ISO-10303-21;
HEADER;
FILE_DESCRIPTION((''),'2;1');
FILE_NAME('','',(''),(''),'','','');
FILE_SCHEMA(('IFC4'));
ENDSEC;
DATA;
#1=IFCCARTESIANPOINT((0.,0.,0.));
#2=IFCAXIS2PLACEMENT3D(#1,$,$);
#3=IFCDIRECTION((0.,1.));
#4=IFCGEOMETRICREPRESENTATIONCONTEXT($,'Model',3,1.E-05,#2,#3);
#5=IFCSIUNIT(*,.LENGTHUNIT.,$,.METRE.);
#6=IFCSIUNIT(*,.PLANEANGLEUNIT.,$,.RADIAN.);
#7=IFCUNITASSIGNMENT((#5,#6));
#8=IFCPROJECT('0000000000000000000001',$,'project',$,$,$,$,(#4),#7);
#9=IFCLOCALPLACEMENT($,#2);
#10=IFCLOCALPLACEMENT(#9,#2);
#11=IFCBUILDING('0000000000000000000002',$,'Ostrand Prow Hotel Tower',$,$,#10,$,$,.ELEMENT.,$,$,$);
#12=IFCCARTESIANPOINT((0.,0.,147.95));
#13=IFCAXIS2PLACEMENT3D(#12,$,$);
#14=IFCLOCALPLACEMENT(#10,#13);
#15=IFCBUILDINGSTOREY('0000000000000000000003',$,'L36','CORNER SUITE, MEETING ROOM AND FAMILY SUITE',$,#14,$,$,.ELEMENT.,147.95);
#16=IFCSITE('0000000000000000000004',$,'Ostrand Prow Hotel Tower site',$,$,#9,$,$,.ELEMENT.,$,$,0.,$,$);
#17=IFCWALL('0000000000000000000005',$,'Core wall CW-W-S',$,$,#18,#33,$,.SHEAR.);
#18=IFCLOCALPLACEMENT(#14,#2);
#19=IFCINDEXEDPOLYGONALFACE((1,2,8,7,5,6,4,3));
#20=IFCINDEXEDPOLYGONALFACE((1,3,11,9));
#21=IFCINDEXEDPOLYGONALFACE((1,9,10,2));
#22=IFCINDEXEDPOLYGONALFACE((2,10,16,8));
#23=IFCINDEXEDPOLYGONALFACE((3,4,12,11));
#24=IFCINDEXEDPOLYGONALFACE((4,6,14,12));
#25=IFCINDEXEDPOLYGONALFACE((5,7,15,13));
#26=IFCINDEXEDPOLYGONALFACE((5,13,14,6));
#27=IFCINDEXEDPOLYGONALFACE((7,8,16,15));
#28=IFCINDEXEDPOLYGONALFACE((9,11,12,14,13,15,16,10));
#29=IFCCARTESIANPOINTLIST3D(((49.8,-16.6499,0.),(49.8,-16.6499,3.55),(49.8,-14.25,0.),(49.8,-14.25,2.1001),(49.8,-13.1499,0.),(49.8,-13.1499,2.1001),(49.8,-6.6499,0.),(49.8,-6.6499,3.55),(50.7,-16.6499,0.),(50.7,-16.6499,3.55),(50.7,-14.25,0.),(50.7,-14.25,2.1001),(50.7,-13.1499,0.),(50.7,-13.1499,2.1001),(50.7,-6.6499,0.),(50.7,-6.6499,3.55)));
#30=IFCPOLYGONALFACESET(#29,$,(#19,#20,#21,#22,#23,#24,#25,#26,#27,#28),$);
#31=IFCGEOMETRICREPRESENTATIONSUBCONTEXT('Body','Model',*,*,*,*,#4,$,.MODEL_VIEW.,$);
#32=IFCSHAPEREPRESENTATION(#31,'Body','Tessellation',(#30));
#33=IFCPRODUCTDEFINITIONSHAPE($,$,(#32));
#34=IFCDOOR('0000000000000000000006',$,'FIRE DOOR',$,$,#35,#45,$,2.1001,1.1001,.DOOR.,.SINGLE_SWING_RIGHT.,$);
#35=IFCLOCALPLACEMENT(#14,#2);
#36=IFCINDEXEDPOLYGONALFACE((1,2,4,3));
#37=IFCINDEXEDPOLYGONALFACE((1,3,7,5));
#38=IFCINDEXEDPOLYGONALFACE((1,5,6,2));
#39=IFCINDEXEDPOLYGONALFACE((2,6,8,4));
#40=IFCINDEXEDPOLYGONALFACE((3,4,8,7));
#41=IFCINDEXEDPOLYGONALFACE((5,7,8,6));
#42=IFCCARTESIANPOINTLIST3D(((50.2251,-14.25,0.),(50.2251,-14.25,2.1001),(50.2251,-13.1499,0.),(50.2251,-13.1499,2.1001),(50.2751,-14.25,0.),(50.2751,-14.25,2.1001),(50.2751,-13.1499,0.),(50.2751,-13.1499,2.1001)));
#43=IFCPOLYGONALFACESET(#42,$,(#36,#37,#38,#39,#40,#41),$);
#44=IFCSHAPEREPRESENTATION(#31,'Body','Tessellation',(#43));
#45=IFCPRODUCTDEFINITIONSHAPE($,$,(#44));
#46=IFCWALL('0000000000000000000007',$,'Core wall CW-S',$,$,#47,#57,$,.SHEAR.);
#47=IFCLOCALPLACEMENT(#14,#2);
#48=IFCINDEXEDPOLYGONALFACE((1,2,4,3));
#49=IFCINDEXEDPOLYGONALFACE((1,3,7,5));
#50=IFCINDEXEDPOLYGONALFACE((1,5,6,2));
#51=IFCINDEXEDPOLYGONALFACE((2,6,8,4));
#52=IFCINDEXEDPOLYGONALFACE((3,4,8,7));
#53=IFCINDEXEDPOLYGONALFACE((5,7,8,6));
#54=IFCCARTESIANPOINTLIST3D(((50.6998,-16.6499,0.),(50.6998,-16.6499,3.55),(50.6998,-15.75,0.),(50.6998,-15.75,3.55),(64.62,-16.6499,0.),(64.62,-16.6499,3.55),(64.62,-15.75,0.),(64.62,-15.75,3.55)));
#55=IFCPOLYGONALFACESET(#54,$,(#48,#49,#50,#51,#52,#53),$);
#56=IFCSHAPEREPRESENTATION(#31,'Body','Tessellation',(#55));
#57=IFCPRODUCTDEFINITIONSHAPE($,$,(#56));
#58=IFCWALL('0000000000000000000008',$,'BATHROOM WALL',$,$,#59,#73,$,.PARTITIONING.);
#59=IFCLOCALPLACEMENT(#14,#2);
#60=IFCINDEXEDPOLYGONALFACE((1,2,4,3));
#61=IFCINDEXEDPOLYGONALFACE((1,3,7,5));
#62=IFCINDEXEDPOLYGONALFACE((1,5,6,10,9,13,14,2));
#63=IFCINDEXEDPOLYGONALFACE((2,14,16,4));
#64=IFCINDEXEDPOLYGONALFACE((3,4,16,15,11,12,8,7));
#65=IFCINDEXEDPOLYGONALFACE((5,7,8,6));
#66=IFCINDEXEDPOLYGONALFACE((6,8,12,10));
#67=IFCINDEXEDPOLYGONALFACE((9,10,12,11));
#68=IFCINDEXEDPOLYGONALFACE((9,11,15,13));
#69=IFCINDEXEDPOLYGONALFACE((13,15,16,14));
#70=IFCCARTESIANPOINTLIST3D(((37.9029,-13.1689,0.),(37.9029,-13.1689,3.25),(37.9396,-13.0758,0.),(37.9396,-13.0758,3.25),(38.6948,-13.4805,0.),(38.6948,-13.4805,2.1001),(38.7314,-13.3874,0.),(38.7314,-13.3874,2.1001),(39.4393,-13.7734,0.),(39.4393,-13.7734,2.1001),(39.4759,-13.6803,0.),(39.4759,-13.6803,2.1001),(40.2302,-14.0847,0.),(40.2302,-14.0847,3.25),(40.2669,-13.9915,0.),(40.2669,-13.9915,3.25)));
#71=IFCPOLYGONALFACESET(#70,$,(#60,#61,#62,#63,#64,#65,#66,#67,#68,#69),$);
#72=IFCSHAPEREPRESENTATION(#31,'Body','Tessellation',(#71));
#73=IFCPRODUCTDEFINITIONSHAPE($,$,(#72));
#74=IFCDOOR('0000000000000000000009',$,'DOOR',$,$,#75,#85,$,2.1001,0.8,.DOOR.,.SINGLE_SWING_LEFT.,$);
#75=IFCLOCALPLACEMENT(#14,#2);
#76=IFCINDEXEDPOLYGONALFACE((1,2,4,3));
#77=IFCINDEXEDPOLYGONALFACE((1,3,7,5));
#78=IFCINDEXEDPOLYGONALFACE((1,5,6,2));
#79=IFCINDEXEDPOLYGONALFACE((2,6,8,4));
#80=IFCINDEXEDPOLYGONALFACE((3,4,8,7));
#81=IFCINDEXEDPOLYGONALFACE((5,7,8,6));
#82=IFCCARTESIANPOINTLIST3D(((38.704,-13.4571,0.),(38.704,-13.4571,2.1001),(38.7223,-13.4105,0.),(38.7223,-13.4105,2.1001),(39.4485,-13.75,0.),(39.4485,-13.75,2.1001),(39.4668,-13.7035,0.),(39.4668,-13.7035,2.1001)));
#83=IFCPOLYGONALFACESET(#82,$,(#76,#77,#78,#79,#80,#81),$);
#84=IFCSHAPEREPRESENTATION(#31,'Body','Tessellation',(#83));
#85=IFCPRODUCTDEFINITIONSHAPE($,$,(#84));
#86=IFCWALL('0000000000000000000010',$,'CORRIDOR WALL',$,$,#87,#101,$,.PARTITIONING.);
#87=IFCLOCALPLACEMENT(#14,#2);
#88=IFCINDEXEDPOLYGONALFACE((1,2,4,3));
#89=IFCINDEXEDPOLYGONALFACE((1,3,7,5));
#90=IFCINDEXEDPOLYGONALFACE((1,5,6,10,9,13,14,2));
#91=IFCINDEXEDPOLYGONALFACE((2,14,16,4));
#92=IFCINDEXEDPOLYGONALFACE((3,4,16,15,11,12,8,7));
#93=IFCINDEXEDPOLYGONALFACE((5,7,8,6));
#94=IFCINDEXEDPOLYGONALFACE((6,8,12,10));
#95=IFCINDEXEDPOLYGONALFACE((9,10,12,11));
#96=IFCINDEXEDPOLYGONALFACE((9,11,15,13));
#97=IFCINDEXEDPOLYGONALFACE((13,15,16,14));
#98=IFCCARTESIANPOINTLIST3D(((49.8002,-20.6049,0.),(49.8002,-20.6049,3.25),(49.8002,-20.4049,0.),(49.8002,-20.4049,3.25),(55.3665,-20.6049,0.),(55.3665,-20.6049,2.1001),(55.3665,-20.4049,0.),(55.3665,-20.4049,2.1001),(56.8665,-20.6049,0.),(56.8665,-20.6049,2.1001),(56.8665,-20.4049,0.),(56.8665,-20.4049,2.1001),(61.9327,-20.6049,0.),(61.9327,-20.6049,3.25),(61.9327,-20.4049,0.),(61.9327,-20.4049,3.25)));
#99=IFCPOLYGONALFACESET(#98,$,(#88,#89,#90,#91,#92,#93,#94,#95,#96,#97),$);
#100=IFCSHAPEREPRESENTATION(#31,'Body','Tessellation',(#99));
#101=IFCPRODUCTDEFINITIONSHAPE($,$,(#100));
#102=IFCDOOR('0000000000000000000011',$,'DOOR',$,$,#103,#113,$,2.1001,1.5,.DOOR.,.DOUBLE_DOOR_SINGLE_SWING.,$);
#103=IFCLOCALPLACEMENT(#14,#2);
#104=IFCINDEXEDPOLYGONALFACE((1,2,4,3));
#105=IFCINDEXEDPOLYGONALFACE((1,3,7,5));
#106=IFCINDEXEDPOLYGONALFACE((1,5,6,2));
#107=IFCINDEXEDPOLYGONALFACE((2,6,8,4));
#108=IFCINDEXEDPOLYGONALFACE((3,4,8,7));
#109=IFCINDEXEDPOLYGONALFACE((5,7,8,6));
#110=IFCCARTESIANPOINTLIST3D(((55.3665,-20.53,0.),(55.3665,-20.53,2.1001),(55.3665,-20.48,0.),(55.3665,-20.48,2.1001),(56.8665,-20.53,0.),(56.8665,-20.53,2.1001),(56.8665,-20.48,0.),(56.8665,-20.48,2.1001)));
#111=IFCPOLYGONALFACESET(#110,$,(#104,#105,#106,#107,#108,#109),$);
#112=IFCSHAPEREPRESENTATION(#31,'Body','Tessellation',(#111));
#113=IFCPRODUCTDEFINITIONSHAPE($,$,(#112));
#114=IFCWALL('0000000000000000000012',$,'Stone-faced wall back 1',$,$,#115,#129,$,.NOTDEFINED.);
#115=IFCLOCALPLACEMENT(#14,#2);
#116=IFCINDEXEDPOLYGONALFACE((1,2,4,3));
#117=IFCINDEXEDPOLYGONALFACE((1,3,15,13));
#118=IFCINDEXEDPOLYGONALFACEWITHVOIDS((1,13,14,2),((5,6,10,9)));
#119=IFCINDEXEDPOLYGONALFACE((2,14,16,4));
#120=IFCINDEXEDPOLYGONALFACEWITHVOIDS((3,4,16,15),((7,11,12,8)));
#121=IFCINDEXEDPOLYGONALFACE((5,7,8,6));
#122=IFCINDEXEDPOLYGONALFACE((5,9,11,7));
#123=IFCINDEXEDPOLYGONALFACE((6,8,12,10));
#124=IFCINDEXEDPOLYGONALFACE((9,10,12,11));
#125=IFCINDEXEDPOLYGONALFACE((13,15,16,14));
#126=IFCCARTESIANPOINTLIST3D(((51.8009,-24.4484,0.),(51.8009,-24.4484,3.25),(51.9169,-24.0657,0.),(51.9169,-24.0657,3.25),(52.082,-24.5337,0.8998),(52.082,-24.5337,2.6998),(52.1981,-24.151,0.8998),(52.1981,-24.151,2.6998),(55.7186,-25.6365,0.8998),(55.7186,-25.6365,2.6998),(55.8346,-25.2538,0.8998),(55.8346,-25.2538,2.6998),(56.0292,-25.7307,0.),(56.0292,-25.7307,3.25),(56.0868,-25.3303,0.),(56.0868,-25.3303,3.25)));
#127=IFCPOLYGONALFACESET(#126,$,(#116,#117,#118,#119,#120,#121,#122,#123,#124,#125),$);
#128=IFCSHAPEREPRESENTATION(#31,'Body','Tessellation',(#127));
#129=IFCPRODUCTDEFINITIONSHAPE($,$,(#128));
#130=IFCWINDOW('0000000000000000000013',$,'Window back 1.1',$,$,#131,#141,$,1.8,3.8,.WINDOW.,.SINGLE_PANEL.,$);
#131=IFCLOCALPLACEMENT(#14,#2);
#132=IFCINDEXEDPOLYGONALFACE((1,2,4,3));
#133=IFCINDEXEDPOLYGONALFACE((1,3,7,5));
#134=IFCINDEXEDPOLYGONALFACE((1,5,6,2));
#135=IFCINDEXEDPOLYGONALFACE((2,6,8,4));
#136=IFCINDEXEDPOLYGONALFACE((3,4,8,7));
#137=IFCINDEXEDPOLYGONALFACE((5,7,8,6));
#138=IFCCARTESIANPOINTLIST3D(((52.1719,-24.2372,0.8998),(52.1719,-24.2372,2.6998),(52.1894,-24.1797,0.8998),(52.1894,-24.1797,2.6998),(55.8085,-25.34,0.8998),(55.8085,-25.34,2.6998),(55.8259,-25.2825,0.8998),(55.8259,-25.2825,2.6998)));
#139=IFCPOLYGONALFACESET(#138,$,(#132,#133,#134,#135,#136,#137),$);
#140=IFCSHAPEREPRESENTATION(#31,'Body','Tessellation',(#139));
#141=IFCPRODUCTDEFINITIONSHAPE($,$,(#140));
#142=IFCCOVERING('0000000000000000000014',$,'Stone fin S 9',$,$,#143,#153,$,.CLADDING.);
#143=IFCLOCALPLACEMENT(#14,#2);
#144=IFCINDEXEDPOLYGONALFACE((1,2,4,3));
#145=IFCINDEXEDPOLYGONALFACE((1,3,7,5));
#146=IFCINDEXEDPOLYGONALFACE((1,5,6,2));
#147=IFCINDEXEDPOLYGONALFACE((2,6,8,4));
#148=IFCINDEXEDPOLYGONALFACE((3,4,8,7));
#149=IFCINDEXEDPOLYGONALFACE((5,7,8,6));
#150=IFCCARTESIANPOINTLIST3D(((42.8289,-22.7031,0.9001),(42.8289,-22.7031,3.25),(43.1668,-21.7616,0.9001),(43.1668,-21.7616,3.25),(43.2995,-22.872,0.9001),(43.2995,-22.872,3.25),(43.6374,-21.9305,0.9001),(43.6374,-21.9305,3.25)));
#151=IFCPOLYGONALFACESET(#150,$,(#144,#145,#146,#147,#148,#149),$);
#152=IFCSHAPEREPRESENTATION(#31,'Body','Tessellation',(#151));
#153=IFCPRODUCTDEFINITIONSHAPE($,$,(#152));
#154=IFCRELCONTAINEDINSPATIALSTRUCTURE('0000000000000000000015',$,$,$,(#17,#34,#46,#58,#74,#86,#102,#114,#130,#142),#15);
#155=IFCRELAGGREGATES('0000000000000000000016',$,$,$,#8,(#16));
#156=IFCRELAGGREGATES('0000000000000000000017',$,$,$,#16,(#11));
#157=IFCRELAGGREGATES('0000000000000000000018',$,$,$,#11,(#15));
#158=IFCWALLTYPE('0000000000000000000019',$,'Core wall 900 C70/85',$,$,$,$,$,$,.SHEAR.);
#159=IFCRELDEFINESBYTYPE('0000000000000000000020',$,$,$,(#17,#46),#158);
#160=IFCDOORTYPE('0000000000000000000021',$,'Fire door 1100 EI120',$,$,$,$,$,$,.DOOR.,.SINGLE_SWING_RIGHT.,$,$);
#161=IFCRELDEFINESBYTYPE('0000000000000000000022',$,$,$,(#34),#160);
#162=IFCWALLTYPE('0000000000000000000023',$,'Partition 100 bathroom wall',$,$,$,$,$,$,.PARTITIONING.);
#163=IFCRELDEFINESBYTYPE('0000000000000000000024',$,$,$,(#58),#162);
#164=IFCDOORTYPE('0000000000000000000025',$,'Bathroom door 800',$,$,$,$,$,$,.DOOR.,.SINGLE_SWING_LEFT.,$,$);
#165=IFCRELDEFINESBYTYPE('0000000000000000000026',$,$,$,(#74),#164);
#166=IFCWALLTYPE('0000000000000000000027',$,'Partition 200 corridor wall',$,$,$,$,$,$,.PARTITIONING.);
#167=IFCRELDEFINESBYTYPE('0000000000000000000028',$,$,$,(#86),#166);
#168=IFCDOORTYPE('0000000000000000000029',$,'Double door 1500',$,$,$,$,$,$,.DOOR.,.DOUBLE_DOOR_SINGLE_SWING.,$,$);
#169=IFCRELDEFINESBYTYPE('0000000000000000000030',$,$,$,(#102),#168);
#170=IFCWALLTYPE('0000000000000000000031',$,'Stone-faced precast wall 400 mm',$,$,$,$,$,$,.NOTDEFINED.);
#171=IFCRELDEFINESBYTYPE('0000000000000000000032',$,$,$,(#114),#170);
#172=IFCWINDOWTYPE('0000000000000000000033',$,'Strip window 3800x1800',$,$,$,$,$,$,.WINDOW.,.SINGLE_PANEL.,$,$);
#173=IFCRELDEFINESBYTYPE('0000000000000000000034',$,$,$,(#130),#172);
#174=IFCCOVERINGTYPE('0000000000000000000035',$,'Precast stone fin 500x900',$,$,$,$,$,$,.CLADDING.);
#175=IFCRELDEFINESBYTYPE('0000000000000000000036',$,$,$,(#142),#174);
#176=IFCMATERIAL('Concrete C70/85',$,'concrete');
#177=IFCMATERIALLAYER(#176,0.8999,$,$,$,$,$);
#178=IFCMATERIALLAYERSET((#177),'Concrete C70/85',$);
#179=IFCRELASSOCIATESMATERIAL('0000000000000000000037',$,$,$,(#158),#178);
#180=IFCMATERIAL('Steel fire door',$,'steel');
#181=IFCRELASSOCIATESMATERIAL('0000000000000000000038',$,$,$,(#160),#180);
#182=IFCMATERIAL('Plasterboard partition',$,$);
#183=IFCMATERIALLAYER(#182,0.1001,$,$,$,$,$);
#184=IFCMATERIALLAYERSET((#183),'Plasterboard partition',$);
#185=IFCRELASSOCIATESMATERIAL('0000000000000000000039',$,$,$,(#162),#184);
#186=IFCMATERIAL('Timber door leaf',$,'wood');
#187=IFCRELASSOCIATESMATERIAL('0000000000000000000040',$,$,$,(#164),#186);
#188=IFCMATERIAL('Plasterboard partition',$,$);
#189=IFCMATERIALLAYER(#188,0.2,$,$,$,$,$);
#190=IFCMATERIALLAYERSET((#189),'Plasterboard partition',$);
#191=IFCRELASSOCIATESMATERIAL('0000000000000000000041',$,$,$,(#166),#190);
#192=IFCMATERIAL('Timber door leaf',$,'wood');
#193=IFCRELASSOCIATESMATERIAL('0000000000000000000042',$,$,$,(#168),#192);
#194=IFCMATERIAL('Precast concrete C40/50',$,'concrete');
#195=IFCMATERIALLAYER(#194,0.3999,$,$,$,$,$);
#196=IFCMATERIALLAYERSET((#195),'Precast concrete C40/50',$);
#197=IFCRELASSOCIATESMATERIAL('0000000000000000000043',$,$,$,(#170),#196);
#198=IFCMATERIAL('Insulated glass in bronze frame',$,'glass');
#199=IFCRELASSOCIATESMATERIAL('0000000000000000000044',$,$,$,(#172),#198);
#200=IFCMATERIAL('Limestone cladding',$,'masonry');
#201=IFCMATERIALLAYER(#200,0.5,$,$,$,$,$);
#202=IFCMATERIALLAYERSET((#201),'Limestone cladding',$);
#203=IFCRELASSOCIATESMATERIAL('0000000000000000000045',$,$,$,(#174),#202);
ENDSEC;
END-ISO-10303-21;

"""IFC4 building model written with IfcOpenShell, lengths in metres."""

from ifc_helpers import new_model, si_unit, direction, frame, frame_2d, origin, place, context, subcontext, project, spatial, polyline, rectangle, outline, extrude, material, layer, layer_set, type_object, element, fill, save


model = new_model("IFC4")

# Units and contexts
model_context = context("Model", 3, precision=1e-05, world=origin(), true_north=direction((0.0, 1.0)))
body_context = subcontext(model_context, "Body", "Model", "MODEL_VIEW")
ifc_project = project(units=[si_unit("LENGTHUNIT", "METRE"), si_unit("PLANEANGLEUNIT", "RADIAN")], contexts=[model_context])

# Site, building, storey
site_placement = place(None, origin())
site = spatial("IfcSite", under=ifc_project, at=site_placement, Name="Ostrand Prow Hotel Tower site", CompositionType="ELEMENT", RefElevation=0.0)
building_placement = place(site_placement, origin())
building = spatial("IfcBuilding", under=site, at=building_placement, Name="Ostrand Prow Hotel Tower", CompositionType="ELEMENT")
storey_placement = place(building_placement, frame((0.0, 0.0, 147.95)))
storey = spatial("IfcBuildingStorey", under=building, at=storey_placement, Name="L36", Description="CORNER SUITE, MEETING ROOM AND FAMILY SUITE", CompositionType="ELEMENT", Elevation=147.95)

# Wall, opening, door
ifc_material_1 = material(Name="Concrete C70/85", Category="concrete")
ifc_layer_1 = layer(ifc_material_1, 0.8999)
ifc_layer_set_1 = layer_set([ifc_layer_1], Name="Concrete C70/85")
wall_type_1 = type_object("IfcWallType", Name="Core wall 900 C70/85", PredefinedType="SHEAR", material=ifc_layer_set_1)
wall_1_placement = place(storey_placement, frame((50.25, -16.6499, 0.0), z_axis=(0.0, 0.0, 1.0), x_axis=(0.0, 1.0, 0.0)))
wall_1 = element("IfcWall", 1, at=wall_1_placement, inside=storey, type_object=wall_type_1, Name="Core wall CW-W-S", PredefinedType="SHEAR", context=body_context, shape_type="SweptSolid", body=[
    extrude(rectangle(XDim=10.0, YDim=0.8999, at=frame_2d((5.0, 0.0))), origin(), (0.0, 0.0, 1.0), 3.55),
])
opening_1_placement = place(wall_1_placement, frame((2.3999, 0.0, 0.0)))
opening_1 = element("IfcOpeningElement", 2, at=opening_1_placement, cuts=wall_1, PredefinedType="OPENING", context=body_context, shape_type="SweptSolid", body=[
    extrude(rectangle(XDim=1.1001, YDim=2.1001, at=frame_2d((0.55, 1.05))), frame((0.0, 0.46, 0.0), z_axis=(0.0, -1.0, 0.0), x_axis=(1.0, 0.0, 0.0)), (0.0, 0.0, 1.0), 0.9199),
])
ifc_material_2 = material(Name="Steel fire door", Category="steel")
door_type_1 = type_object("IfcDoorType", Name="Fire door 1100 EI120", OperationType="SINGLE_SWING_RIGHT", PredefinedType="DOOR", material=ifc_material_2)
door_1_placement = place(opening_1_placement, origin())
door_1 = element("IfcDoor", 3, at=door_1_placement, inside=storey, type_object=door_type_1, Name="FIRE DOOR", OperationType="SINGLE_SWING_RIGHT", OverallHeight=2.1001, OverallWidth=1.1001, PredefinedType="DOOR", context=body_context, shape_type="SweptSolid", body=[
    extrude(rectangle(XDim=1.1001, YDim=2.1001, at=frame_2d((0.55, 1.05))), frame((0.0, 0.0249, 0.0), z_axis=(0.0, -1.0, 0.0), x_axis=(1.0, 0.0, 0.0)), (0.0, 0.0, 1.0), 0.05),
])
fill(opening_1, door_1)

# Wall
wall_2_placement = place(storey_placement, frame((50.7, -16.2, 0.0), z_axis=(0.0, 0.0, 1.0), x_axis=(1.0, 0.0, 0.0)))
element("IfcWall", 4, at=wall_2_placement, inside=storey, type_object=wall_type_1, Name="Core wall CW-S", PredefinedType="SHEAR", context=body_context, shape_type="SweptSolid", body=[
    extrude(rectangle(XDim=13.9202, YDim=0.8999, at=frame_2d((6.96, 0.0))), origin(), (0.0, 0.0, 1.0), 3.55),
])

# Walls, openings, doors
ifc_material_3 = material(Name="Plasterboard partition")
ifc_layer_2 = layer(ifc_material_3, 0.1001)
ifc_layer_set_2 = layer_set([ifc_layer_2], Name="Plasterboard partition")
wall_type_2 = type_object("IfcWallType", Name="Partition 100 bathroom wall", PredefinedType="PARTITIONING", material=ifc_layer_set_2)
wall_3_placement = place(storey_placement, frame((40.2485, -14.0381, 0.0), z_axis=(0.0, 0.0, 1.0), x_axis=(-0.930556, 0.366151, 0.0)))
wall_3 = element("IfcWall", 5, at=wall_3_placement, inside=storey, type_object=wall_type_2, Name="BATHROOM WALL", PredefinedType="PARTITIONING", context=body_context, shape_type="SweptSolid", body=[
    extrude(rectangle(XDim=2.501, YDim=0.1001, at=frame_2d((1.2505, 0.0))), origin(), (0.0, 0.0, 1.0), 3.25),
])
opening_2_placement = place(wall_3_placement, frame((0.8501, 0.0, 0.0)))
opening_2 = element("IfcOpeningElement", 6, at=opening_2_placement, cuts=wall_3, PredefinedType="OPENING", context=body_context, shape_type="SweptSolid", body=[
    extrude(rectangle(XDim=0.8, YDim=2.1001, at=frame_2d((0.3999, 1.05))), frame((0.0, 0.0601, 0.0), z_axis=(0.0, -1.0, 0.0), x_axis=(1.0, 0.0, 0.0)), (0.0, 0.0, 1.0), 0.1201),
])
ifc_material_4 = material(Name="Timber door leaf", Category="wood")
door_type_2 = type_object("IfcDoorType", Name="Bathroom door 800", OperationType="SINGLE_SWING_LEFT", PredefinedType="DOOR", material=ifc_material_4)
door_2_placement = place(opening_2_placement, origin())
door_2 = element("IfcDoor", 7, at=door_2_placement, inside=storey, type_object=door_type_2, Name="DOOR", OperationType="SINGLE_SWING_LEFT", OverallHeight=2.1001, OverallWidth=0.8, PredefinedType="DOOR", context=body_context, shape_type="SweptSolid", body=[
    extrude(rectangle(XDim=0.8, YDim=2.1001, at=frame_2d((0.3999, 1.05))), frame((0.0, 0.0249, 0.0), z_axis=(0.0, -1.0, 0.0), x_axis=(1.0, 0.0, 0.0)), (0.0, 0.0, 1.0), 0.05),
])
fill(opening_2, door_2)
ifc_material_5 = material(Name="Plasterboard partition")
ifc_layer_3 = layer(ifc_material_5, 0.2)
ifc_layer_set_3 = layer_set([ifc_layer_3], Name="Plasterboard partition")
wall_type_3 = type_object("IfcWallType", Name="Partition 200 corridor wall", PredefinedType="PARTITIONING", material=ifc_layer_set_3)
wall_4_placement = place(storey_placement, frame((49.8, -20.5049, 0.0), z_axis=(0.0, 0.0, 1.0), x_axis=(1.0, 0.0, 0.0)))
wall_4 = element("IfcWall", 8, at=wall_4_placement, inside=storey, type_object=wall_type_3, Name="CORRIDOR WALL", PredefinedType="PARTITIONING", context=body_context, shape_type="SweptSolid", body=[
    extrude(rectangle(XDim=12.1326, YDim=0.2, at=frame_2d((6.0664, 0.0))), origin(), (0.0, 0.0, 1.0), 3.25),
])
opening_3_placement = place(wall_4_placement, frame((5.5664, 0.0, 0.0)))
opening_3 = element("IfcOpeningElement", 9, at=opening_3_placement, cuts=wall_4, PredefinedType="OPENING", context=body_context, shape_type="SweptSolid", body=[
    extrude(rectangle(XDim=1.5, YDim=2.1001, at=frame_2d((0.75, 1.05))), frame((0.0, 0.1099, 0.0), z_axis=(0.0, -1.0, 0.0), x_axis=(1.0, 0.0, 0.0)), (0.0, 0.0, 1.0), 0.22),
])
ifc_material_6 = material(Name="Timber door leaf", Category="wood")
door_type_3 = type_object("IfcDoorType", Name="Double door 1500", OperationType="DOUBLE_DOOR_SINGLE_SWING", PredefinedType="DOOR", material=ifc_material_6)
door_3_placement = place(opening_3_placement, origin())
door_3 = element("IfcDoor", 10, at=door_3_placement, inside=storey, type_object=door_type_3, Name="DOOR", OperationType="DOUBLE_DOOR_SINGLE_SWING", OverallHeight=2.1001, OverallWidth=1.5, PredefinedType="DOOR", context=body_context, shape_type="SweptSolid", body=[
    extrude(rectangle(XDim=1.5, YDim=2.1001, at=frame_2d((0.75, 1.05))), frame((0.0, 0.0249, 0.0), z_axis=(0.0, -1.0, 0.0), x_axis=(1.0, 0.0, 0.0)), (0.0, 0.0, 1.0), 0.05),
])
fill(opening_3, door_3)

# Wall, opening, window
ifc_material_7 = material(Name="Precast concrete C40/50", Category="concrete")
ifc_layer_4 = layer(ifc_material_7, 0.3999)
ifc_layer_set_4 = layer_set([ifc_layer_4], Name="Precast concrete C40/50")
wall_type_4 = type_object("IfcWallType", Name="Stone-faced precast wall 400 mm", PredefinedType="NOTDEFINED", material=ifc_layer_set_4)
wall_5_placement = place(storey_placement, frame((51.8589, -24.2571, 0.0), z_axis=(0.0, 0.0, 1.0), x_axis=(0.956964, -0.290205, 0.0)))
wall_5 = element("IfcWall", 11, at=wall_5_placement, inside=storey, type_object=wall_type_4, Name="Stone-faced wall back 1", PredefinedType="NOTDEFINED", context=body_context, shape_type="SweptSolid", body=[
    extrude(outline(polyline([(0.0, -0.2), (4.4185, -0.2), (4.3574, 0.2), (0.0, 0.2), (0.0, -0.2)])), origin(), (0.0, 0.0, 1.0), 3.25),
])
opening_4_placement = place(wall_5_placement, frame((0.2939, 0.0, 0.8999)))
opening_4 = element("IfcOpeningElement", 12, at=opening_4_placement, cuts=wall_5, PredefinedType="OPENING", context=body_context, shape_type="SweptSolid", body=[
    extrude(rectangle(XDim=3.8, YDim=1.8, at=frame_2d((1.8999, 0.8999))), frame((0.0, 0.21, 0.0), z_axis=(0.0, -1.0, 0.0), x_axis=(1.0, 0.0, 0.0)), (0.0, 0.0, 1.0), 0.4199),
])
ifc_material_8 = material(Name="Insulated glass in bronze frame", Category="glass")
window_type = type_object("IfcWindowType", Name="Strip window 3800x1800", PartitioningType="SINGLE_PANEL", PredefinedType="WINDOW", material=ifc_material_8)
window_placement = place(opening_4_placement, origin())
window = element("IfcWindow", 13, at=window_placement, inside=storey, type_object=window_type, Name="Window back 1.1", OverallHeight=1.8, OverallWidth=3.8, PartitioningType="SINGLE_PANEL", PredefinedType="WINDOW", context=body_context, shape_type="SweptSolid", body=[
    extrude(rectangle(XDim=3.8, YDim=1.8, at=frame_2d((1.8999, 0.8999))), frame((0.0, 0.1699, 0.0), z_axis=(0.0, -1.0, 0.0), x_axis=(1.0, 0.0, 0.0)), (0.0, 0.0, 1.0), 0.0601),
])
fill(opening_4, window)

# Covering
ifc_material_9 = material(Name="Limestone cladding", Category="masonry")
ifc_layer_5 = layer(ifc_material_9, 0.5)
ifc_layer_set_5 = layer_set([ifc_layer_5], Name="Limestone cladding")
covering_type = type_object("IfcCoveringType", Name="Precast stone fin 500x900", PredefinedType="CLADDING", material=ifc_layer_set_5)
covering_placement = place(storey_placement, frame((43.4021, -21.8462, 0.9001), z_axis=(0.0, 0.0, 1.0), x_axis=(-0.33782, -0.941211, 0.0)))
element("IfcCovering", 14, at=covering_placement, inside=storey, type_object=covering_type, Name="Stone fin S 9", PredefinedType="CLADDING", context=body_context, shape_type="SweptSolid", body=[
    extrude(rectangle(XDim=1.0002, YDim=0.5, at=frame_2d((0.5, 0.0))), origin(), (0.0, 0.0, 1.0), 2.3499),
])

save(model, "model.ifc")
